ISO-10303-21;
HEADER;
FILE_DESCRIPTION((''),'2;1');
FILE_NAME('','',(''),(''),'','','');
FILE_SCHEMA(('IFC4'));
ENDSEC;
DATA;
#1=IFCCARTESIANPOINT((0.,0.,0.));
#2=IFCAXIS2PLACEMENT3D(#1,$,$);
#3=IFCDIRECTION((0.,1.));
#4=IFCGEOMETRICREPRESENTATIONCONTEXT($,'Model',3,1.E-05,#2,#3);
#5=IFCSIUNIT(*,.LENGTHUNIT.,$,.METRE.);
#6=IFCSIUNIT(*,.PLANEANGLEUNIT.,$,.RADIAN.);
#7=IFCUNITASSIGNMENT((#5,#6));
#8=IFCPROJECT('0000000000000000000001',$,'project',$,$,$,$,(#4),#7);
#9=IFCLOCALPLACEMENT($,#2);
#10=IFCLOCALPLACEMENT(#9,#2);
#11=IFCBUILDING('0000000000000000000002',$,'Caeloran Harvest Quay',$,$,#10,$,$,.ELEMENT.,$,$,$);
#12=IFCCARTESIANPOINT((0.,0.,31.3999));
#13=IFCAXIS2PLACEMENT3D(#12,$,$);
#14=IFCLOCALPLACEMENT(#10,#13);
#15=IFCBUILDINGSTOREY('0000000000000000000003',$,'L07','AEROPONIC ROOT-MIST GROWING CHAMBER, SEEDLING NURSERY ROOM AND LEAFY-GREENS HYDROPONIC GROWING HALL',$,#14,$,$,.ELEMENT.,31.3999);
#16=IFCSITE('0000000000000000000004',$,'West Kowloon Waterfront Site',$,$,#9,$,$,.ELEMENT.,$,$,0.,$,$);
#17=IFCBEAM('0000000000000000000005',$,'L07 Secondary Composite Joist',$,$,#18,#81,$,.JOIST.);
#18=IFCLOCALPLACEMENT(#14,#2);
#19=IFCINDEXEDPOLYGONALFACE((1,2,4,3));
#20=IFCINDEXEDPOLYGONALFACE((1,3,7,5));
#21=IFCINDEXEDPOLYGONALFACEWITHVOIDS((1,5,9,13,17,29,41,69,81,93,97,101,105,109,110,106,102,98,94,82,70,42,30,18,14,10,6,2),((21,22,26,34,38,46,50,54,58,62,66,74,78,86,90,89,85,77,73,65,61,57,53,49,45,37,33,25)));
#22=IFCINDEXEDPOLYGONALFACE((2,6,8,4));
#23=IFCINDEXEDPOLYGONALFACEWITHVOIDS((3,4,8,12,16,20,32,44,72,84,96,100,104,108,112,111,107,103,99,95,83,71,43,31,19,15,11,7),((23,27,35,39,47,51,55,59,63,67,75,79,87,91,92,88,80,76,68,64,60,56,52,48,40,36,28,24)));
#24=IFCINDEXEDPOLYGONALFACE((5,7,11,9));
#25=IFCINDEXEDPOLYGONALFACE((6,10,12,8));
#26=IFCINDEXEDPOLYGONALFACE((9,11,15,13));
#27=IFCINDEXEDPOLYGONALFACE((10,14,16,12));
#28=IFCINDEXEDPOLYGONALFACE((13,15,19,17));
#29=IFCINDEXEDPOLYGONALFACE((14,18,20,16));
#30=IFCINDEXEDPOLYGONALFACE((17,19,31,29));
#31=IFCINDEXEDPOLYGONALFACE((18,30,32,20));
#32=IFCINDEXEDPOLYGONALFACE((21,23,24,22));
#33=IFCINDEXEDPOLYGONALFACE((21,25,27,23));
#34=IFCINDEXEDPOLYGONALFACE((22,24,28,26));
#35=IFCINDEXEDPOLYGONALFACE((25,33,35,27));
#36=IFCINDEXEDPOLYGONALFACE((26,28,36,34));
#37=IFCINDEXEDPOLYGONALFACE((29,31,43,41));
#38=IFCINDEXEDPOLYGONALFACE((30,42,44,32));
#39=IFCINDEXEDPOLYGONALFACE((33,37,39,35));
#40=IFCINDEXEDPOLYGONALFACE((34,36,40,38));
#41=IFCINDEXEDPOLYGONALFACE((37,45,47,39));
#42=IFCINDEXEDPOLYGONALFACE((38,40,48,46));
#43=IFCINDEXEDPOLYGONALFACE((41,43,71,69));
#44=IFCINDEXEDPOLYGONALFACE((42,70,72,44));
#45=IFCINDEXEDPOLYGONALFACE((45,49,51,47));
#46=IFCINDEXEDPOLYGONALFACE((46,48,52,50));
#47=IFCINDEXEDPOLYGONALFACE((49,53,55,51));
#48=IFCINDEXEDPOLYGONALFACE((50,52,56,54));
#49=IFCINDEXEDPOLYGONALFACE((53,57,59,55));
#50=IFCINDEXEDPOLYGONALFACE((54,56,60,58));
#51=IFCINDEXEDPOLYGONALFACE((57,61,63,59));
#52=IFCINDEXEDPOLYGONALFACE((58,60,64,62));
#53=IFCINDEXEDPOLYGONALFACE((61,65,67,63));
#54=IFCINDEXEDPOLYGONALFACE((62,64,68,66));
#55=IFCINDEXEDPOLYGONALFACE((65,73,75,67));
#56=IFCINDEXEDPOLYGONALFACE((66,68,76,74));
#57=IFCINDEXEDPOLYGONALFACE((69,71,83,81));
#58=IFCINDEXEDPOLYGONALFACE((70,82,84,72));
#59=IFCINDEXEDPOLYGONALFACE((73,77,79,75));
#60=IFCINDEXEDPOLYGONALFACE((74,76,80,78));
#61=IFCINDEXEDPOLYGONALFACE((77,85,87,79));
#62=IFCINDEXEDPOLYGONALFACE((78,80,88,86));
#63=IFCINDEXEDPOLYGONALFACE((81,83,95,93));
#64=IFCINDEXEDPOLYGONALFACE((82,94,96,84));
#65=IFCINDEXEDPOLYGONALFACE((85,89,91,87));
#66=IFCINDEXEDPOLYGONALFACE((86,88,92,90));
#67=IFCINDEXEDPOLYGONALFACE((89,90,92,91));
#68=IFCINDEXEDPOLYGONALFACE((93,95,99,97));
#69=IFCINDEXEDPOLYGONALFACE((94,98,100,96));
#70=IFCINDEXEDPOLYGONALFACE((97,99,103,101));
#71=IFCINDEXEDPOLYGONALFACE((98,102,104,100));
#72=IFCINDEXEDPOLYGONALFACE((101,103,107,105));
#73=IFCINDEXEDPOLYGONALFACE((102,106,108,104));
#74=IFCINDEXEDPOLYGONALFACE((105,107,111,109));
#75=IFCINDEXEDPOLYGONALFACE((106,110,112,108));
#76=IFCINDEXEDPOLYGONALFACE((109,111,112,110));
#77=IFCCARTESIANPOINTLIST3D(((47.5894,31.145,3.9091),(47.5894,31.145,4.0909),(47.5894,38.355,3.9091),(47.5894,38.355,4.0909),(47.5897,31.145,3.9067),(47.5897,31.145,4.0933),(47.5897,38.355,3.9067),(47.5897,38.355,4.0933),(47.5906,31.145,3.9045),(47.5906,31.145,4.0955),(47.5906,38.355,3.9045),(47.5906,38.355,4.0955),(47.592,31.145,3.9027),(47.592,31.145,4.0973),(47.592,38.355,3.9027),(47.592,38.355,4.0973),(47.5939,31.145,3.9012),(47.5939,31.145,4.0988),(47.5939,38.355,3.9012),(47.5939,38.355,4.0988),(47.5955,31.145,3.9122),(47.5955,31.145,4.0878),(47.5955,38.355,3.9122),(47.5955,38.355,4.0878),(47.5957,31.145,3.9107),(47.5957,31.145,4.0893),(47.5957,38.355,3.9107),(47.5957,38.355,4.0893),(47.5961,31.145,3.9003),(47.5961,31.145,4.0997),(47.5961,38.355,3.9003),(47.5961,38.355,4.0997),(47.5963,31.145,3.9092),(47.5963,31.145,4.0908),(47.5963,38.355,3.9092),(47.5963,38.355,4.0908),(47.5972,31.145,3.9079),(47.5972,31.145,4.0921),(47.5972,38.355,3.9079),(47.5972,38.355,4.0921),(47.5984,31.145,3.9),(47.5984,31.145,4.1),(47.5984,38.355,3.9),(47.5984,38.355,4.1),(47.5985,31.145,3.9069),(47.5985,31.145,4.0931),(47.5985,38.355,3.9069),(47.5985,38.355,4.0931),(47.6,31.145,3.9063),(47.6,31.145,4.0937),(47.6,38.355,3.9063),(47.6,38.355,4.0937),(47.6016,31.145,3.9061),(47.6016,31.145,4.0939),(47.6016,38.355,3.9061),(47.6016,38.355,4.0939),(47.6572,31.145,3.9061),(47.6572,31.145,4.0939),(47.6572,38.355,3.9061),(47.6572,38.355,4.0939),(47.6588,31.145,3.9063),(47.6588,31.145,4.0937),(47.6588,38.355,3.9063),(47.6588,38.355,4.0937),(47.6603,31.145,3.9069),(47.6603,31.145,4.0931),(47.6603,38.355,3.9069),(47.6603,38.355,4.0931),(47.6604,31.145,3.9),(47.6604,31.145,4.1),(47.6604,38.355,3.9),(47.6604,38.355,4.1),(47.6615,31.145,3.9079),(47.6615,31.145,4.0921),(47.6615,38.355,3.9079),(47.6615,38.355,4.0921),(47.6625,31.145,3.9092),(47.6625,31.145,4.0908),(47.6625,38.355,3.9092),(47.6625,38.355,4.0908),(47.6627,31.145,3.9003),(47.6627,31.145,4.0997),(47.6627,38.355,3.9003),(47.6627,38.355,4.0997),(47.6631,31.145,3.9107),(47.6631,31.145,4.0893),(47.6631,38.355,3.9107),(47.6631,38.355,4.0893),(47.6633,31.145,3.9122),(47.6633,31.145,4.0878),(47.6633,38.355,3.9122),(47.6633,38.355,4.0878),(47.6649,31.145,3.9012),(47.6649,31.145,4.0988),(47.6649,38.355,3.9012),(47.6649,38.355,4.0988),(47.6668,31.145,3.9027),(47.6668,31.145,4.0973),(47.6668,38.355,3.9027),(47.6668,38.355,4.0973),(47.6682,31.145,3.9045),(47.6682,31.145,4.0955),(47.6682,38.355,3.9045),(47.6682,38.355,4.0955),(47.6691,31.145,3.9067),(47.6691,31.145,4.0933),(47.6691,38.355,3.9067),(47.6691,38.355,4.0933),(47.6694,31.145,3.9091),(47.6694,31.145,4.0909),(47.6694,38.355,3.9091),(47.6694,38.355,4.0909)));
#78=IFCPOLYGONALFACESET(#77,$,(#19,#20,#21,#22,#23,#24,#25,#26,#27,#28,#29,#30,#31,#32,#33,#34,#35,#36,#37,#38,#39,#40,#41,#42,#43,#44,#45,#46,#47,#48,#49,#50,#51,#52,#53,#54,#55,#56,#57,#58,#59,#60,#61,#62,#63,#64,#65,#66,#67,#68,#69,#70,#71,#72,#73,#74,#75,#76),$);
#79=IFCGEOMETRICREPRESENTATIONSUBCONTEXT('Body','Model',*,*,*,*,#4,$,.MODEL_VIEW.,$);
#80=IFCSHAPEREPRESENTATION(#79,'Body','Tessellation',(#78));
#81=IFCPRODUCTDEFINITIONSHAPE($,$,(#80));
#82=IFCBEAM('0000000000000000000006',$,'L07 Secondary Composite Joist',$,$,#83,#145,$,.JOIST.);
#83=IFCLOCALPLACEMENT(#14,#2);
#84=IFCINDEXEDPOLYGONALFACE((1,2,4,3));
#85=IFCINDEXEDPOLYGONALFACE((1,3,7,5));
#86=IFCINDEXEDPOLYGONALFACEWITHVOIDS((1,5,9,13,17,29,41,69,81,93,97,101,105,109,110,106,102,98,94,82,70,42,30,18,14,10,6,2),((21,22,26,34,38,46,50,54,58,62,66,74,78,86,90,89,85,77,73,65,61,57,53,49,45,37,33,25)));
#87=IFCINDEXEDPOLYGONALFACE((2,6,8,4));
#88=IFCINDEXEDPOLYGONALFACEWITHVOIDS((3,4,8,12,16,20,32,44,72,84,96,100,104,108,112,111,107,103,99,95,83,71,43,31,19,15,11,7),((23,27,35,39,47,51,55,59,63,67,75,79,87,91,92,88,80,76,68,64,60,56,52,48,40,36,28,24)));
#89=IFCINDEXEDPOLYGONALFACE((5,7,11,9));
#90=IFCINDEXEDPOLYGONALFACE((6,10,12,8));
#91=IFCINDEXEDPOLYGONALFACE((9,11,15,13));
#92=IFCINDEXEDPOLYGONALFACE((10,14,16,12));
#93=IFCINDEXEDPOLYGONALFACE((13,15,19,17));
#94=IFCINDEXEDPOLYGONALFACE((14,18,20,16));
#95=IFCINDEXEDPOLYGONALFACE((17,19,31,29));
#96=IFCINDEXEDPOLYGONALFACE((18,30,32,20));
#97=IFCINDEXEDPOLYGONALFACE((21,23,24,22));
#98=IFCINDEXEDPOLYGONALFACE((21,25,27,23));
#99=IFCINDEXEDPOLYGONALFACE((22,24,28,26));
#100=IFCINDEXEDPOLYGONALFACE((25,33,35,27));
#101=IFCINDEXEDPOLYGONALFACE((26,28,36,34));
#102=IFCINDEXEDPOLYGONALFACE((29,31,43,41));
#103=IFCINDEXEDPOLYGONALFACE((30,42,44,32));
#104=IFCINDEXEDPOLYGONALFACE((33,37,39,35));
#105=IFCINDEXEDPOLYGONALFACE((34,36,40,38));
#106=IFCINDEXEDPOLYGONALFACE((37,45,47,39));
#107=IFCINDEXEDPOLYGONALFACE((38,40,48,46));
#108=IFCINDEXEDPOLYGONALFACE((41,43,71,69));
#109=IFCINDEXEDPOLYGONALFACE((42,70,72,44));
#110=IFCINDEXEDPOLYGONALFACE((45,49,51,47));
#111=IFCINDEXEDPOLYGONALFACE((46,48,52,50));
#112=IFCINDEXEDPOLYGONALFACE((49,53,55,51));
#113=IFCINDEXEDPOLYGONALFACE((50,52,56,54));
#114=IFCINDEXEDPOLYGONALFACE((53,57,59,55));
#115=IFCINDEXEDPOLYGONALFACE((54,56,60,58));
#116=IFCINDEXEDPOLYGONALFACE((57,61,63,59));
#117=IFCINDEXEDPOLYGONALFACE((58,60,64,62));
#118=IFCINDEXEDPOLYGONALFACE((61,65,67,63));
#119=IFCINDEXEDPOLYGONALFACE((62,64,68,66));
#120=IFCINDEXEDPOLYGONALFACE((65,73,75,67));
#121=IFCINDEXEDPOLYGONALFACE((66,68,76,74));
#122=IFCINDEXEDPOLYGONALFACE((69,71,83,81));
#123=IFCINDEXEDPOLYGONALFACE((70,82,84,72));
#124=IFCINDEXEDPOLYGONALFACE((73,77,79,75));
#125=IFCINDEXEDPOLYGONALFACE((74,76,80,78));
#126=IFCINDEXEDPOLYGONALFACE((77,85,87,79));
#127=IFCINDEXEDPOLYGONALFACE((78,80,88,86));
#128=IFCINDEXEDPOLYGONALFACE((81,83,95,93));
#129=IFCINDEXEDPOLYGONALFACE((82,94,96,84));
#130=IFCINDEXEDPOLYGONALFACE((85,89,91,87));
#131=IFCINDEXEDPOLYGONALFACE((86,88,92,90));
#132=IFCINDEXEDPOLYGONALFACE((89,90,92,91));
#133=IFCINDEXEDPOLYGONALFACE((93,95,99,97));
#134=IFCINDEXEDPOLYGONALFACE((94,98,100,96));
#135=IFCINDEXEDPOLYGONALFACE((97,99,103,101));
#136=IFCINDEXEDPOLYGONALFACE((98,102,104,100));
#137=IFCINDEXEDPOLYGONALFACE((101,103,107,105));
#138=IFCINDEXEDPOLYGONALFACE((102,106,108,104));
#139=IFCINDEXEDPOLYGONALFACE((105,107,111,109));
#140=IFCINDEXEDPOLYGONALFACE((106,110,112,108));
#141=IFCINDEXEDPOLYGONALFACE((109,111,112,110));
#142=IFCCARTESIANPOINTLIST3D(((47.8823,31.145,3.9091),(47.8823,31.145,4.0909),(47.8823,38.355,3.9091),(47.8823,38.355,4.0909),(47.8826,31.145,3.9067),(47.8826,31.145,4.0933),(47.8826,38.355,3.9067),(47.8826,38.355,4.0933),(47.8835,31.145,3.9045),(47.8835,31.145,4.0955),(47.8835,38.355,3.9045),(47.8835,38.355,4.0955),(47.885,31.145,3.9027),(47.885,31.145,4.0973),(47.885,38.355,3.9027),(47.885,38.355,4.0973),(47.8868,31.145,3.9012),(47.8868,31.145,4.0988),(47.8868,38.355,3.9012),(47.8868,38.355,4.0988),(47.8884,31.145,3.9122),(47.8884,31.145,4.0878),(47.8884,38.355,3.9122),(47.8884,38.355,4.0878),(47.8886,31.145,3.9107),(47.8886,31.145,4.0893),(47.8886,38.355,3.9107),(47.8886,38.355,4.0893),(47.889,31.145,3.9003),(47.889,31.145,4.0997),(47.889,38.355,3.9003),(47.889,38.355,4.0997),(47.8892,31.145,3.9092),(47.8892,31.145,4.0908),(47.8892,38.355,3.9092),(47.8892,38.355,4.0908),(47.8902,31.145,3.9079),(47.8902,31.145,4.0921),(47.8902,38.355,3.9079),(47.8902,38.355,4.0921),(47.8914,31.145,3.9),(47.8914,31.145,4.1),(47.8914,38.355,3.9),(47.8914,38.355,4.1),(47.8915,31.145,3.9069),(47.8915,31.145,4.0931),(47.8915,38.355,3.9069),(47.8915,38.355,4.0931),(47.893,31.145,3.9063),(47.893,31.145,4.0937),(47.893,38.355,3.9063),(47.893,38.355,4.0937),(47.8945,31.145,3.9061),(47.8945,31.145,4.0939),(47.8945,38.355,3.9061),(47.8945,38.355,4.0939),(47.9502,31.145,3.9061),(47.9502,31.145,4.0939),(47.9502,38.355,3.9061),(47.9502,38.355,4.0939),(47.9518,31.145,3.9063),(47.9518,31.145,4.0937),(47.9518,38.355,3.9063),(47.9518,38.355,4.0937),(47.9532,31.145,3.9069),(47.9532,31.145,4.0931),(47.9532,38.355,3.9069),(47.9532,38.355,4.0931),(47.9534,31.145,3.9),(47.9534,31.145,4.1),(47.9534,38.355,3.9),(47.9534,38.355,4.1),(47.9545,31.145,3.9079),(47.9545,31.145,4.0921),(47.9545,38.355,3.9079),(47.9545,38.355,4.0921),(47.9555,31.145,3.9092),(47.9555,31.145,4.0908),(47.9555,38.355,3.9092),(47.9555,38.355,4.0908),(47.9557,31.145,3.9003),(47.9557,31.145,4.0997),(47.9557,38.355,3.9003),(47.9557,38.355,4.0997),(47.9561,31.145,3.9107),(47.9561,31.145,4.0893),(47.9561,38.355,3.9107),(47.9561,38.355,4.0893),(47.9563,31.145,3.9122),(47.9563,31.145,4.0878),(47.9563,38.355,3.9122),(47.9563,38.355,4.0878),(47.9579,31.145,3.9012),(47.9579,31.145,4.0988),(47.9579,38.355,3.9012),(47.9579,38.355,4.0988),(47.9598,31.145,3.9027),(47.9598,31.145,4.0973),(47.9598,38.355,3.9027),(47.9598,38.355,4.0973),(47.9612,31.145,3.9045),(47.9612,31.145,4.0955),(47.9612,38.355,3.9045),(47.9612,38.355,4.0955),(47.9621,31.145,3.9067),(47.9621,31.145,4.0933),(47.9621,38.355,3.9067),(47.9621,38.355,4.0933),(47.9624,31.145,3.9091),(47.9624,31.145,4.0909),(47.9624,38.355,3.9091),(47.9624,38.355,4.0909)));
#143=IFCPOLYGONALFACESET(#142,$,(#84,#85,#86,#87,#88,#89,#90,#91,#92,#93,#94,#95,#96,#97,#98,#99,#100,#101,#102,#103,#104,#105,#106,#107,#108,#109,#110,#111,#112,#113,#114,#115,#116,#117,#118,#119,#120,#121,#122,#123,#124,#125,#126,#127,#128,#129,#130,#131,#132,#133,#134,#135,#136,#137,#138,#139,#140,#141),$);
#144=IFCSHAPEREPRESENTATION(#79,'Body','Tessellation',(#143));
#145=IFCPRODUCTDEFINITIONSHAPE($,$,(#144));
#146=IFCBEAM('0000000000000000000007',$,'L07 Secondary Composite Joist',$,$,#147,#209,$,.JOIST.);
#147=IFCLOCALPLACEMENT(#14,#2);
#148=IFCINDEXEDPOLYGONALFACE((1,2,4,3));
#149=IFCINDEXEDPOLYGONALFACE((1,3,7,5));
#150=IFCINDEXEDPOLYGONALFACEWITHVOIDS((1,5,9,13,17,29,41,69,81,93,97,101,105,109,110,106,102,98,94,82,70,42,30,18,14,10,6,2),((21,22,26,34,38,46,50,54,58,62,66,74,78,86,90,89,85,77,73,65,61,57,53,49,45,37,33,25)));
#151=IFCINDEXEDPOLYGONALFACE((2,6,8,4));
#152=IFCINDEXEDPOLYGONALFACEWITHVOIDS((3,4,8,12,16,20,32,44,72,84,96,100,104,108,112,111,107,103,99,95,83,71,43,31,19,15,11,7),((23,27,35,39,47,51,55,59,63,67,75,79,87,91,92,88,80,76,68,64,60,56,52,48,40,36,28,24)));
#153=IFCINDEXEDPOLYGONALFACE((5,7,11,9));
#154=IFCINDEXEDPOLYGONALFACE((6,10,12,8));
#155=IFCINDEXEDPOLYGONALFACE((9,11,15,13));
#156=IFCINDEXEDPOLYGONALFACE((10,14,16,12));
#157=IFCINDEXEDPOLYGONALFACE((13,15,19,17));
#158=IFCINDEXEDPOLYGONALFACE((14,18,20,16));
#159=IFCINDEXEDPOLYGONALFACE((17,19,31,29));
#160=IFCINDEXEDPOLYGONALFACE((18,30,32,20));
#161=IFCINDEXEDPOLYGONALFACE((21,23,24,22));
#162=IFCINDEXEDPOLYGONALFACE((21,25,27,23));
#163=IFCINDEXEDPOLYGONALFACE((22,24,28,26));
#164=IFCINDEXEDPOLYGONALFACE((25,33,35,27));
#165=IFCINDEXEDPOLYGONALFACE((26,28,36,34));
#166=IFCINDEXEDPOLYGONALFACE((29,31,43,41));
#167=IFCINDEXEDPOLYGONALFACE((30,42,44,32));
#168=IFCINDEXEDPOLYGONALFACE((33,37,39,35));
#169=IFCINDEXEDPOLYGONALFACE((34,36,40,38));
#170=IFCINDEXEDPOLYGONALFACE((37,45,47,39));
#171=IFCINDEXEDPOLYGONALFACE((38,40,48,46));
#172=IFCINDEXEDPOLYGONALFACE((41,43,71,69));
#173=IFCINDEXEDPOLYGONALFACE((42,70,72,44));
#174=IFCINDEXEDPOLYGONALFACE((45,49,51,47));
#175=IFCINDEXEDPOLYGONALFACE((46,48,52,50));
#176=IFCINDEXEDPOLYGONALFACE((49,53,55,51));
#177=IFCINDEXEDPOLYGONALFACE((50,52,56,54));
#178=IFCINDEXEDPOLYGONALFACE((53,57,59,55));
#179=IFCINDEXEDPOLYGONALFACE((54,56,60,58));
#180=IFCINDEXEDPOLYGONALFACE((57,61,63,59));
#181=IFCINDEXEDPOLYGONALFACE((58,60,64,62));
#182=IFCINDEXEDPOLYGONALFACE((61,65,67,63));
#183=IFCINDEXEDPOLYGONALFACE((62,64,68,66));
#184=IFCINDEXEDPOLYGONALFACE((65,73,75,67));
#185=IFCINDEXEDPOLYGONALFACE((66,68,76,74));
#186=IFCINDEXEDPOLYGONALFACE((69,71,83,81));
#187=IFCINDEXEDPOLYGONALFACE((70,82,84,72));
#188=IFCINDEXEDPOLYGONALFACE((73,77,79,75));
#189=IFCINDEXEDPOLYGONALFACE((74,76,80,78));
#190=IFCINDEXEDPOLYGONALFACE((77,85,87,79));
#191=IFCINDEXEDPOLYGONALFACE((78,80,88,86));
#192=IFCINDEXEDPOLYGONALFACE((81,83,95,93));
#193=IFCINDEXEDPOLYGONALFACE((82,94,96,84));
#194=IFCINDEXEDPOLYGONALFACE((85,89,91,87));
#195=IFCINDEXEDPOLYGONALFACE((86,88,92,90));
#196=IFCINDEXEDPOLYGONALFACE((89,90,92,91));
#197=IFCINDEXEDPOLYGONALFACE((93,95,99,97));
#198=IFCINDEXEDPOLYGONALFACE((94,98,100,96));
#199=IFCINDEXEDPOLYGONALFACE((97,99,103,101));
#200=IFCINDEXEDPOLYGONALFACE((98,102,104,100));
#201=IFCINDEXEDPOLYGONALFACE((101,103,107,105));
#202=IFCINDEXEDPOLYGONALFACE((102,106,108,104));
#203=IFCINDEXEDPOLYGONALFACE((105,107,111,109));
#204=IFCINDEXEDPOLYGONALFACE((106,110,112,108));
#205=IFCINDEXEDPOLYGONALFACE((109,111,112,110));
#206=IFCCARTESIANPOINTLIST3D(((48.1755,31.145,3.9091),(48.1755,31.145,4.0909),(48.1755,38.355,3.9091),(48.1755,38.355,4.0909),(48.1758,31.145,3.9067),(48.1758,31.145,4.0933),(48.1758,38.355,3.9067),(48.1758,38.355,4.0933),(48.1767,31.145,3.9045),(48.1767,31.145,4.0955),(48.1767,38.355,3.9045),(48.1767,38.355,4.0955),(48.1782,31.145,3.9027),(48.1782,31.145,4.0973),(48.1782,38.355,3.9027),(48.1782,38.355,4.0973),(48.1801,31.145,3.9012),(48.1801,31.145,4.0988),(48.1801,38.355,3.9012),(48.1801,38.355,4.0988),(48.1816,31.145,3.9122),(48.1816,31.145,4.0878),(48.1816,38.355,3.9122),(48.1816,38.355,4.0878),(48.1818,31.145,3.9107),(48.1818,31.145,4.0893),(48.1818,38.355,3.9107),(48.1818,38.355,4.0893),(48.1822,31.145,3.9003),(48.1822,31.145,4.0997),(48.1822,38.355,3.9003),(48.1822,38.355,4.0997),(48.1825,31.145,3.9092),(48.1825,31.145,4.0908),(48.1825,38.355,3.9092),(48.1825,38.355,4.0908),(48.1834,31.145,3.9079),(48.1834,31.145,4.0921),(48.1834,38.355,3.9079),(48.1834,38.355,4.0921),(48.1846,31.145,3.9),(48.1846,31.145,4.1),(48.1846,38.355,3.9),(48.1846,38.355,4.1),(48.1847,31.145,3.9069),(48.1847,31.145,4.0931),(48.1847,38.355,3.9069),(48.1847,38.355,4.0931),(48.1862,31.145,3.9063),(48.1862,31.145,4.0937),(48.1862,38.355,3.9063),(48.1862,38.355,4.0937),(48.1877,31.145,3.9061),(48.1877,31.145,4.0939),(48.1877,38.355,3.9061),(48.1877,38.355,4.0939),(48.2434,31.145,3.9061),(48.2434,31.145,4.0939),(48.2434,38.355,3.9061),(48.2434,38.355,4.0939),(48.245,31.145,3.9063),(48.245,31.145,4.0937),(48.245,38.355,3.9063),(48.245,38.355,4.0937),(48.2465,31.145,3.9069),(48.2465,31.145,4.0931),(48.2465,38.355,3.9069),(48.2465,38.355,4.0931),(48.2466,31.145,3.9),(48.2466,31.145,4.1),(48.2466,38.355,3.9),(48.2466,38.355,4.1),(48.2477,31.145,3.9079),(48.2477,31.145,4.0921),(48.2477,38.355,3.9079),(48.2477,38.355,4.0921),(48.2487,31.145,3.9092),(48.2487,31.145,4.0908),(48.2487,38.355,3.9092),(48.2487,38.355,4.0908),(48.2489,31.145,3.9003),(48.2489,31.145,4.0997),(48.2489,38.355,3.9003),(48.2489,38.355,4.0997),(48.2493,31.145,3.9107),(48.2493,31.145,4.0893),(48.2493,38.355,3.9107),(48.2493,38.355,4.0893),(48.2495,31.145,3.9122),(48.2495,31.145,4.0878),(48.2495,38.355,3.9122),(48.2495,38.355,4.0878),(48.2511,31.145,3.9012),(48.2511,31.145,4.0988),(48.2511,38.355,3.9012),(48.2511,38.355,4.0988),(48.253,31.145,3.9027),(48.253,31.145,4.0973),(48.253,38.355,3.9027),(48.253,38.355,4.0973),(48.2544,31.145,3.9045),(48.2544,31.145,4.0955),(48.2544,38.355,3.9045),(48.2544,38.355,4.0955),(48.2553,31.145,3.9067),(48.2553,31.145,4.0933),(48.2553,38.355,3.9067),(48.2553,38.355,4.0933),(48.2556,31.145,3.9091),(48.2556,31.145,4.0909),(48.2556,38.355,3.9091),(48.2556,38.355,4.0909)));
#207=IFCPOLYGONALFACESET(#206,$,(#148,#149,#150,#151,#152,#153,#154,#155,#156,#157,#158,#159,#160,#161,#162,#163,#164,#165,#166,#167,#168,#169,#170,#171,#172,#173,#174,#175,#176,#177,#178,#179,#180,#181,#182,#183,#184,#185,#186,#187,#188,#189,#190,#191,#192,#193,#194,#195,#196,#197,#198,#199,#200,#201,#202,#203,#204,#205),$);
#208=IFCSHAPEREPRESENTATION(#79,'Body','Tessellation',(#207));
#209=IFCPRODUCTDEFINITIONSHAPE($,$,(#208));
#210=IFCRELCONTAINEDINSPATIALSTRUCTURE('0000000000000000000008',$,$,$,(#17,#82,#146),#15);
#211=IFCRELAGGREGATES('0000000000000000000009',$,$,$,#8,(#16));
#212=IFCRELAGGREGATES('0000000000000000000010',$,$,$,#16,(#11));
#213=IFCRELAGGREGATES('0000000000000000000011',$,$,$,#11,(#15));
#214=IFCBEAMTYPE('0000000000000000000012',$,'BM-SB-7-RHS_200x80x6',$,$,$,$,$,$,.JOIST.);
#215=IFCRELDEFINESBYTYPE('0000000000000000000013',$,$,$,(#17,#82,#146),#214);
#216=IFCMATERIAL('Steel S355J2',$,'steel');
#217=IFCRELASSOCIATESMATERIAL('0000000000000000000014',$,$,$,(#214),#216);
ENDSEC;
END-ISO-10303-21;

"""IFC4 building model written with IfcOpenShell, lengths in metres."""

from ifc_helpers import new_model, si_unit, direction, frame, origin, origin_2d, place, context, subcontext, project, spatial, hollow_rectangle, extrude, material, material_profile, profile_set, type_object, element, save


model = new_model("IFC4")

# Units and contexts
model_context = context("Model", 3, precision=1e-05, world=origin(), true_north=direction((0.0, 1.0)))
body_context = subcontext(model_context, "Body", "Model", "MODEL_VIEW")
ifc_project = project(units=[si_unit("LENGTHUNIT", "METRE"), si_unit("PLANEANGLEUNIT", "RADIAN")], contexts=[model_context])

# Site, building, storey
site_placement = place(None, origin())
site = spatial("IfcSite", under=ifc_project, at=site_placement, Name="West Kowloon Waterfront Site", CompositionType="ELEMENT", RefElevation=0.0)
building_placement = place(site_placement, origin())
building = spatial("IfcBuilding", under=site, at=building_placement, Name="Caeloran Harvest Quay", CompositionType="ELEMENT")
storey_placement = place(building_placement, frame((0.0, 0.0, 31.3999)))
storey = spatial("IfcBuildingStorey", under=building, at=storey_placement, Name="L07", Description="AEROPONIC ROOT-MIST GROWING CHAMBER, SEEDLING NURSERY ROOM AND LEAFY-GREENS HYDROPONIC GROWING HALL", CompositionType="ELEMENT", Elevation=31.3999)

# Beams
ifc_material_1 = material(Name="Steel S355J2", Category="steel")
ifc_material_profile_1 = material_profile(ifc_material_1, hollow_rectangle(XDim=0.0801, YDim=0.2, WallThickness=0.0061, InnerFilletRadius=0.0061, OuterFilletRadius=0.009, at=origin_2d()), Name="RHS 200x80x6")
ifc_profile_set_1 = profile_set([ifc_material_profile_1], Name="Steel S355J2")
beam_type_1 = type_object("IfcBeamType", Name="BM-SB-7-RHS_200x80x6", PredefinedType="JOIST", material=ifc_profile_set_1)
for number, where, z_axis, x_axis, name in (
    (1, (47.6294, 31.145, 4.0), (0.0, 1.0, 0.0), (-1.0, 0.0, 0.0), "L07 Secondary Composite Joist"),
    (2, (47.9224, 31.145, 4.0), (0.0, 1.0, 0.0), (-1.0, 0.0, 0.0), "L07 Secondary Composite Joist"),
    (3, (48.2156, 31.145, 4.0), (0.0, 1.0, 0.0), (-1.0, 0.0, 0.0), "L07 Secondary Composite Joist"),
):
    element("IfcBeam", number, at=place(storey_placement, frame(where, z_axis=z_axis, x_axis=x_axis)), inside=storey, type_object=beam_type_1, Name=name, PredefinedType="JOIST", context=body_context, shape_type="SweptSolid", body=[
        extrude(hollow_rectangle(XDim=0.0801, YDim=0.2, WallThickness=0.0061, InnerFilletRadius=0.0061, OuterFilletRadius=0.009, at=origin_2d()), origin(), (0.0, 0.0, 1.0), 7.21),
    ])

save(model, "model.ifc")
